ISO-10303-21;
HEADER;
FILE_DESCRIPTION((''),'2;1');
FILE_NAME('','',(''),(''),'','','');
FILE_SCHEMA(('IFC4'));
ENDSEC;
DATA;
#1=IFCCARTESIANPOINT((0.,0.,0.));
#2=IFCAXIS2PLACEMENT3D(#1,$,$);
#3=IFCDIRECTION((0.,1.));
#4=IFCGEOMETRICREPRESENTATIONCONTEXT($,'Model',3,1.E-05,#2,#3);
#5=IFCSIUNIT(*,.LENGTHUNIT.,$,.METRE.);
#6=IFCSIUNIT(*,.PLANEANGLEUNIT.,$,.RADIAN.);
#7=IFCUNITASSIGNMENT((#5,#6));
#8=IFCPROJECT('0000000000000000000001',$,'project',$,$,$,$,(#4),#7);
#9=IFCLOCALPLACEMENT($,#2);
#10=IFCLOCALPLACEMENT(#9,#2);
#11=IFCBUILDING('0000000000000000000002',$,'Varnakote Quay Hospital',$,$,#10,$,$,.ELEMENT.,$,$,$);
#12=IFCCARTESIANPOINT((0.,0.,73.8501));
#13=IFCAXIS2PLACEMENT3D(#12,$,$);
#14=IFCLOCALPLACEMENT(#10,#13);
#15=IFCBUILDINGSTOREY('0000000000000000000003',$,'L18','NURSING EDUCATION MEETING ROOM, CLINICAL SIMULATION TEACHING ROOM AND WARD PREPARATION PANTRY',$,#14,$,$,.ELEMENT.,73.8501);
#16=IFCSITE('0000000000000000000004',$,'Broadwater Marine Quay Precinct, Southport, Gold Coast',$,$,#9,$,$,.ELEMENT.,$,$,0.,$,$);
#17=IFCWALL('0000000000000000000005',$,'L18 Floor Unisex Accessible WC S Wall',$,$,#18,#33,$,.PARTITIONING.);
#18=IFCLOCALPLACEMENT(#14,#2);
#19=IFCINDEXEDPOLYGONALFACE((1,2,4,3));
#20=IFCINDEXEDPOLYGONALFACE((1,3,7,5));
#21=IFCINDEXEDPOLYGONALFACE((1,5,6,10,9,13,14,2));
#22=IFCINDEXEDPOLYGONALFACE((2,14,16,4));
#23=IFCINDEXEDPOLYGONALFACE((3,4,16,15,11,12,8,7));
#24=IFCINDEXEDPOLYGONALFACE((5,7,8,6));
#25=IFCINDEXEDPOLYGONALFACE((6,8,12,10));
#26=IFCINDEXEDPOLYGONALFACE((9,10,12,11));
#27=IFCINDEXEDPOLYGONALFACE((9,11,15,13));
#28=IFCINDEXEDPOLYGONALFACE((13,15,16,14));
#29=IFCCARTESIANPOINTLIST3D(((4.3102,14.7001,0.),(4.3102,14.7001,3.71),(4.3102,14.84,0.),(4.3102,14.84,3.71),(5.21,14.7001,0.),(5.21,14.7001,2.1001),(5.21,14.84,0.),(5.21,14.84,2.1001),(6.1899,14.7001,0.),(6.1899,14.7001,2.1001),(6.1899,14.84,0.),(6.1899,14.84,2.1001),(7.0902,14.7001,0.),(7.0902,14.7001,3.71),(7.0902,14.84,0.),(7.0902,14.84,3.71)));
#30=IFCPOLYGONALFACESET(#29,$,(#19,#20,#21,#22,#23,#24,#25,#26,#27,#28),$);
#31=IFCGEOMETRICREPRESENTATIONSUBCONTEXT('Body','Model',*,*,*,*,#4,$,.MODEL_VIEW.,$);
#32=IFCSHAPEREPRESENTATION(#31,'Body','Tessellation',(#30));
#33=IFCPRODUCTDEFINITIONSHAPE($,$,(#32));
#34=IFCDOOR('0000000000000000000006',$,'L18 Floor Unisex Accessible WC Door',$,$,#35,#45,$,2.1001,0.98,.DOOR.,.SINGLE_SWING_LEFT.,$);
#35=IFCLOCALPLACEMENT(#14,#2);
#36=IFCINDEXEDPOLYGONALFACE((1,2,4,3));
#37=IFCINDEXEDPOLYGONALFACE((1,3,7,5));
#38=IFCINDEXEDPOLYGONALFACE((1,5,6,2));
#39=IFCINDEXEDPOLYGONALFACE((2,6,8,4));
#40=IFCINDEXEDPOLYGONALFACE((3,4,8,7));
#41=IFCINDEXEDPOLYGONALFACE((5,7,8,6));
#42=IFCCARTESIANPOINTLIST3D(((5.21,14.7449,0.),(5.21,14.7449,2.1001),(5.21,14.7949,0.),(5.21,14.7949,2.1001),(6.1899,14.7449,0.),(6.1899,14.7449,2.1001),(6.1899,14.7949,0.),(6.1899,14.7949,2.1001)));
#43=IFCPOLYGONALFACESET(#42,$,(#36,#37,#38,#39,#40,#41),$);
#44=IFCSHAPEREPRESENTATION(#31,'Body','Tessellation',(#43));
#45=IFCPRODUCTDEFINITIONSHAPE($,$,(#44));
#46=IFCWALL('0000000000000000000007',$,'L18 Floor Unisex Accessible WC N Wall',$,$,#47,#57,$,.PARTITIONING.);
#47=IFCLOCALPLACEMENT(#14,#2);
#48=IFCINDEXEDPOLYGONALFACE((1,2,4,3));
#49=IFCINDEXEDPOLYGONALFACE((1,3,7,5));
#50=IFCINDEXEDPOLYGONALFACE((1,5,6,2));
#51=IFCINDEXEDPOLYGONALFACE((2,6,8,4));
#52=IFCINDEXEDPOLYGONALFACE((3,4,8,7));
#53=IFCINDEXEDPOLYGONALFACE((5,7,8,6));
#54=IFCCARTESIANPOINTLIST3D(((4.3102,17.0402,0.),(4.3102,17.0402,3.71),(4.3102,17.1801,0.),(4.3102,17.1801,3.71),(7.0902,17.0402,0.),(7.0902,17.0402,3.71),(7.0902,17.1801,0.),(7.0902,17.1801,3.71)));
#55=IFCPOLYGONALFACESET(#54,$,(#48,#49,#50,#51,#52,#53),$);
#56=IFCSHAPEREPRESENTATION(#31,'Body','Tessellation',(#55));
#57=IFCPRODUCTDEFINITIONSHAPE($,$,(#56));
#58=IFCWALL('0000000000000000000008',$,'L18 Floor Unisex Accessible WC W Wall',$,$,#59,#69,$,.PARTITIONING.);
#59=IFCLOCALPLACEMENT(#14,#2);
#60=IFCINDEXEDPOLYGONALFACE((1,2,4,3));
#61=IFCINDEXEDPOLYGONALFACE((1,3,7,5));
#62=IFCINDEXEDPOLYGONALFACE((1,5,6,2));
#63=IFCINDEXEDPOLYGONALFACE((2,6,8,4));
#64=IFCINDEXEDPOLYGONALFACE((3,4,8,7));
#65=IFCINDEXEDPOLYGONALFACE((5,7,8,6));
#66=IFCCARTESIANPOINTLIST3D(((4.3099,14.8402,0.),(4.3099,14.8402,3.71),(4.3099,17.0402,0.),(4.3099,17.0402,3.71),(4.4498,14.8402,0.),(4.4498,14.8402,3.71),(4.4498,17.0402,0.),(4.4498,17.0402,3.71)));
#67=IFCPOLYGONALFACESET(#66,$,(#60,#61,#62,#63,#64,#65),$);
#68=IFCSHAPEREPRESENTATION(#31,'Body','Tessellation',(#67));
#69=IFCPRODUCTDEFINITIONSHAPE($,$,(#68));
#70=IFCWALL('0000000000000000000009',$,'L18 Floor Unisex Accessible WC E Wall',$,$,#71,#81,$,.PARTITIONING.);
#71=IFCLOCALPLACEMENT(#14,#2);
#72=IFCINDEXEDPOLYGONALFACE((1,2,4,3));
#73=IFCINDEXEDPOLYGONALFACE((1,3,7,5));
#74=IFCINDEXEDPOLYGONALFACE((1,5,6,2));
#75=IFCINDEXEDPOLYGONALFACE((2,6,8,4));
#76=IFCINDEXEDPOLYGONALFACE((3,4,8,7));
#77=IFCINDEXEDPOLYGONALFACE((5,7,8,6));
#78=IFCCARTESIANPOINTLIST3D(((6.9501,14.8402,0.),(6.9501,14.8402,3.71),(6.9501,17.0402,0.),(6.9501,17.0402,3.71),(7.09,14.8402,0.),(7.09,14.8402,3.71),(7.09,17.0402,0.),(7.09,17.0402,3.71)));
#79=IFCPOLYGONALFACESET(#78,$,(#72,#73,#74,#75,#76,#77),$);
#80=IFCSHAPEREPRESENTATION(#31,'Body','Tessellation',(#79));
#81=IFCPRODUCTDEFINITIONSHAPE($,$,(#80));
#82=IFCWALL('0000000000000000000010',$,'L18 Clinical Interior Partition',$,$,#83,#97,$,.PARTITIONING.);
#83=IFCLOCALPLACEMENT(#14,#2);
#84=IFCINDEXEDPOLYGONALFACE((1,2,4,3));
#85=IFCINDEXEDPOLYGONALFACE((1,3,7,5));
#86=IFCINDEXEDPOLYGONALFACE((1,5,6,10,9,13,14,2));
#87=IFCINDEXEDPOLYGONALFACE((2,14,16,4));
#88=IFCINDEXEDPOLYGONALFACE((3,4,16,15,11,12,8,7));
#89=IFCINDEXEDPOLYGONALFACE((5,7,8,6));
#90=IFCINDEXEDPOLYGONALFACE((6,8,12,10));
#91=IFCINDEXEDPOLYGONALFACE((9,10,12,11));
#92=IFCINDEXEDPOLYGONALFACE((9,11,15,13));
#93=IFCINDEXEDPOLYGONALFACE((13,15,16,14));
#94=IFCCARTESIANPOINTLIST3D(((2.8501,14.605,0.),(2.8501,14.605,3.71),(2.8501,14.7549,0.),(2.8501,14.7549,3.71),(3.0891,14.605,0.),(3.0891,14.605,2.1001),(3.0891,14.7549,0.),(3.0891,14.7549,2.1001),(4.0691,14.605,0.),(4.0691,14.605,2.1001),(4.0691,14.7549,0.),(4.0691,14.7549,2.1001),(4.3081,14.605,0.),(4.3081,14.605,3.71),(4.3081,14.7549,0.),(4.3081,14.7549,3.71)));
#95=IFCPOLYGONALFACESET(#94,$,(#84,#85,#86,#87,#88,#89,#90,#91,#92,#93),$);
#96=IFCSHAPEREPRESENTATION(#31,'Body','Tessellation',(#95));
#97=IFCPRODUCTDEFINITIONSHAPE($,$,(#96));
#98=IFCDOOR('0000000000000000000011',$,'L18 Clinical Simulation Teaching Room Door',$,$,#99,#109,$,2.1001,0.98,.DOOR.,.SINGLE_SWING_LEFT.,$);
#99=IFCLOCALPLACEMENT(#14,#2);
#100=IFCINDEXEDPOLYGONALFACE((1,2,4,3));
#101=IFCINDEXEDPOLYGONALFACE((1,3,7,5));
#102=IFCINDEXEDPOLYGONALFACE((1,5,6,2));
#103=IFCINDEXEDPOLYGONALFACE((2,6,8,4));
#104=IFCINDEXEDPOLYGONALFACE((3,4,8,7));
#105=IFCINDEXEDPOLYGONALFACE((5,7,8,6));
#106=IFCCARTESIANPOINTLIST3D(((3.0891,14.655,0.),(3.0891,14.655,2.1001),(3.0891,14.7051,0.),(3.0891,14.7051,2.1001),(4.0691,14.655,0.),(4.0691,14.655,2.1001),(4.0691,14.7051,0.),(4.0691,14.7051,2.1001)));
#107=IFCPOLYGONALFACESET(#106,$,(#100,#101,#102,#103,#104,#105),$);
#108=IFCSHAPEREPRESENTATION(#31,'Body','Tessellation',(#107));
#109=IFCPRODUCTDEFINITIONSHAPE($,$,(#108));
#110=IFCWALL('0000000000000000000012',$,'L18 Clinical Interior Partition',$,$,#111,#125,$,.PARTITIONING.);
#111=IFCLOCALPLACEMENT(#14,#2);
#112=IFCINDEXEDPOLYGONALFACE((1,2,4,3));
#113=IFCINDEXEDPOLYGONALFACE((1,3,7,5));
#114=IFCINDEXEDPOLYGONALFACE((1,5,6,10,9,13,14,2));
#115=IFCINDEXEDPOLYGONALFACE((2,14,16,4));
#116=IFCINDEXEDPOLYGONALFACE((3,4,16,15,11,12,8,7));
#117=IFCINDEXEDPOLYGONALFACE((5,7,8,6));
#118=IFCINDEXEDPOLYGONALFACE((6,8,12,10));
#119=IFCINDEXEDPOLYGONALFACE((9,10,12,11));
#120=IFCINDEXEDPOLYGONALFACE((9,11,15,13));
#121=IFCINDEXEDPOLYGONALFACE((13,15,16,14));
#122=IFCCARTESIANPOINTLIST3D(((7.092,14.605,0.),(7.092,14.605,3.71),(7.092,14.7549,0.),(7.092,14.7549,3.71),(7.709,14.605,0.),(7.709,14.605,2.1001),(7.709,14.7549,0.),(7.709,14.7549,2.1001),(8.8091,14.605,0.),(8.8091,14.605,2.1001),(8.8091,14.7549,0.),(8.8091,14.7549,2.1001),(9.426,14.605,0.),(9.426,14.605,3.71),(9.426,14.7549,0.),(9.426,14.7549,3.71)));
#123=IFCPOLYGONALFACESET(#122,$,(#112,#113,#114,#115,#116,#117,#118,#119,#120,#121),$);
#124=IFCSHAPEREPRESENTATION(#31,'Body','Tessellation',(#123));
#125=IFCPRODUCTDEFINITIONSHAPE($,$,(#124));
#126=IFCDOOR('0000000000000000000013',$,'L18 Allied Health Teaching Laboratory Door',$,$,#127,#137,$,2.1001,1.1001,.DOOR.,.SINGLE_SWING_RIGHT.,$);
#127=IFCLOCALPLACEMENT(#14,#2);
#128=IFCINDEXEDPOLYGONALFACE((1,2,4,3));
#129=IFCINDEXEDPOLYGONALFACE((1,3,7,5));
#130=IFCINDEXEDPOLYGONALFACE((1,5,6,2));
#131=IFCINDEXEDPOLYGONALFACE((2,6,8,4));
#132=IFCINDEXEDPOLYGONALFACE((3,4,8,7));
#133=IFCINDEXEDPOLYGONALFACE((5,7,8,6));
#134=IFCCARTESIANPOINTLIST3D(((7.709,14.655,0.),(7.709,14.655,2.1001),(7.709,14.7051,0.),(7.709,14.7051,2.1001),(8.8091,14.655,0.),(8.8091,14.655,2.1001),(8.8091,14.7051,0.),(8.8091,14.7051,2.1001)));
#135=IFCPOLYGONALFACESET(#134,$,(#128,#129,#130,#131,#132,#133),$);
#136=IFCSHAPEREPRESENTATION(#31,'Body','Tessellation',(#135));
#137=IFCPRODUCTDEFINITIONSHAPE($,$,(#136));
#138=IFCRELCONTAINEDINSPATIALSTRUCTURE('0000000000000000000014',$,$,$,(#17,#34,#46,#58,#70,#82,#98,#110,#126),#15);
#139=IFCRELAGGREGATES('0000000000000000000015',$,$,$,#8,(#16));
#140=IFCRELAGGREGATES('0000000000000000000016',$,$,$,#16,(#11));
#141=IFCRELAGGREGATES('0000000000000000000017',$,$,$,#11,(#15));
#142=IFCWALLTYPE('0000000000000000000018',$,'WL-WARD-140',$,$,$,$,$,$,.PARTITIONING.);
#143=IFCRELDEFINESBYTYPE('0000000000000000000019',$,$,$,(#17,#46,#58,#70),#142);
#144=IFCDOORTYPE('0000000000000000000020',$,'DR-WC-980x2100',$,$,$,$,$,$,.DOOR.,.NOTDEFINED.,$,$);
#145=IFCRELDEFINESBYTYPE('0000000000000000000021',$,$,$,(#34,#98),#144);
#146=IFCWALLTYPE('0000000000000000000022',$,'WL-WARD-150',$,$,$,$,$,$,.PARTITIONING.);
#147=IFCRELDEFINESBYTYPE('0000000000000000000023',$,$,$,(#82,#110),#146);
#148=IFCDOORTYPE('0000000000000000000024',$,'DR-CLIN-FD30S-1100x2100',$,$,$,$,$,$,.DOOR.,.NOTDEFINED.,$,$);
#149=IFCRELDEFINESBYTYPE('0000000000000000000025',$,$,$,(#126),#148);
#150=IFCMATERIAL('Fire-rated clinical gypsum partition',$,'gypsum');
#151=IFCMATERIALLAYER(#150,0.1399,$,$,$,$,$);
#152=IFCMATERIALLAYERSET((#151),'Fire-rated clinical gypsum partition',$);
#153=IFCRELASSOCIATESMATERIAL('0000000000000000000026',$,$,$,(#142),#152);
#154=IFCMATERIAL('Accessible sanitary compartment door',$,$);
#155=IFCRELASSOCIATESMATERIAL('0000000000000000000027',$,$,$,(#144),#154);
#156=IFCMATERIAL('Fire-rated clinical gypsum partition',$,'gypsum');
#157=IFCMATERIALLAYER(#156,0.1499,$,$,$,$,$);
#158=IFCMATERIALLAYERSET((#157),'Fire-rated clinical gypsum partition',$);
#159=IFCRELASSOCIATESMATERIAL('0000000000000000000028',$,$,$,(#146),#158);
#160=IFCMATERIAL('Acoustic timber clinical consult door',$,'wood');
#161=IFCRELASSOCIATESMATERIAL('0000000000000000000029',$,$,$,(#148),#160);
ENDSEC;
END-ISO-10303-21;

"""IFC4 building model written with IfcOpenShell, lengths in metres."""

from ifc_helpers import new_model, si_unit, direction, frame, frame_2d, origin, place, context, subcontext, project, spatial, rectangle, extrude, material, layer, layer_set, type_object, element, fill, save


model = new_model("IFC4")

# Units and contexts
model_context = context("Model", 3, precision=1e-05, world=origin(), true_north=direction((0.0, 1.0)))
body_context = subcontext(model_context, "Body", "Model", "MODEL_VIEW")
ifc_project = project(units=[si_unit("LENGTHUNIT", "METRE"), si_unit("PLANEANGLEUNIT", "RADIAN")], contexts=[model_context])

# Site, building, storey
site_placement = place(None, origin())
site = spatial("IfcSite", under=ifc_project, at=site_placement, Name="Broadwater Marine Quay Precinct, Southport, Gold Coast", CompositionType="ELEMENT", RefElevation=0.0)
building_placement = place(site_placement, origin())
building = spatial("IfcBuilding", under=site, at=building_placement, Name="Varnakote Quay Hospital", CompositionType="ELEMENT")
storey_placement = place(building_placement, frame((0.0, 0.0, 73.8501)))
storey = spatial("IfcBuildingStorey", under=building, at=storey_placement, Name="L18", Description="NURSING EDUCATION MEETING ROOM, CLINICAL SIMULATION TEACHING ROOM AND WARD PREPARATION PANTRY", CompositionType="ELEMENT", Elevation=73.8501)

# Wall, opening, door
ifc_material_1 = material(Name="Fire-rated clinical gypsum partition", Category="gypsum")
ifc_layer_1 = layer(ifc_material_1, 0.1399)
ifc_layer_set_1 = layer_set([ifc_layer_1], Name="Fire-rated clinical gypsum partition")
wall_type_1 = type_object("IfcWallType", Name="WL-WARD-140", PredefinedType="PARTITIONING", material=ifc_layer_set_1)
wall_1_placement = place(storey_placement, frame((4.3101, 14.77, 0.0), z_axis=(0.0, 0.0, 1.0), x_axis=(1.0, 0.0, 0.0)))
wall_1 = element("IfcWall", 1, at=wall_1_placement, inside=storey, type_object=wall_type_1, Name="L18 Floor Unisex Accessible WC S Wall", PredefinedType="PARTITIONING", context=body_context, shape_type="SweptSolid", body=[
    extrude(rectangle(XDim=2.78, YDim=0.1399, at=frame_2d((1.3901, 0.0))), origin(), (0.0, 0.0, 1.0), 3.71),
])
opening_1_placement = place(wall_1_placement, frame((0.8999, 0.0, 0.0)))
opening_1 = element("IfcOpeningElement", 2, at=opening_1_placement, cuts=wall_1, PredefinedType="OPENING", context=body_context, shape_type="SweptSolid", body=[
    extrude(rectangle(XDim=0.98, YDim=2.1001, at=frame_2d((0.49, 1.05))), frame((0.0, 0.0798, 0.0), z_axis=(0.0, -1.0, 0.0), x_axis=(1.0, 0.0, 0.0)), (0.0, 0.0, 1.0), 0.1599),
])
ifc_material_2 = material(Name="Accessible sanitary compartment door")
door_type_1 = type_object("IfcDoorType", Name="DR-WC-980x2100", OperationType="NOTDEFINED", PredefinedType="DOOR", material=ifc_material_2)
door_1_placement = place(opening_1_placement, origin())
door_1 = element("IfcDoor", 3, at=door_1_placement, inside=storey, type_object=door_type_1, Name="L18 Floor Unisex Accessible WC Door", OperationType="SINGLE_SWING_LEFT", OverallHeight=2.1001, OverallWidth=0.98, PredefinedType="DOOR", context=body_context, shape_type="SweptSolid", body=[
    extrude(rectangle(XDim=0.98, YDim=2.1001, at=frame_2d((0.49, 1.05))), frame((0.0, 0.0249, 0.0), z_axis=(0.0, -1.0, 0.0), x_axis=(1.0, 0.0, 0.0)), (0.0, 0.0, 1.0), 0.05),
])
fill(opening_1, door_1)

# Walls
wall_2_placement = place(storey_placement, frame((4.3101, 17.1101, 0.0), z_axis=(0.0, 0.0, 1.0), x_axis=(1.0, 0.0, 0.0)))
element("IfcWall", 4, at=wall_2_placement, inside=storey, type_object=wall_type_1, Name="L18 Floor Unisex Accessible WC N Wall", PredefinedType="PARTITIONING", context=body_context, shape_type="SweptSolid", body=[
    extrude(rectangle(XDim=2.78, YDim=0.1399, at=frame_2d((1.3901, 0.0))), origin(), (0.0, 0.0, 1.0), 3.71),
])
for number, where, z_axis, x_axis, name in (
    (5, (4.3799, 14.8401, 0.0), (0.0, 0.0, 1.0), (0.0, 1.0, 0.0), "L18 Floor Unisex Accessible WC W Wall"),
    (6, (7.02, 14.8401, 0.0), (0.0, 0.0, 1.0), (0.0, 1.0, 0.0), "L18 Floor Unisex Accessible WC E Wall"),
):
    element("IfcWall", number, at=place(storey_placement, frame(where, z_axis=z_axis, x_axis=x_axis)), inside=storey, type_object=wall_type_1, Name=name, PredefinedType="PARTITIONING", context=body_context, shape_type="SweptSolid", body=[
        extrude(rectangle(XDim=2.2, YDim=0.1399, at=frame_2d((1.1001, 0.0))), origin(), (0.0, 0.0, 1.0), 3.71),
    ])

# Walls, openings, doors
ifc_material_3 = material(Name="Fire-rated clinical gypsum partition", Category="gypsum")
ifc_layer_2 = layer(ifc_material_3, 0.1499)
ifc_layer_set_2 = layer_set([ifc_layer_2], Name="Fire-rated clinical gypsum partition")
wall_type_2 = type_object("IfcWallType", Name="WL-WARD-150", PredefinedType="PARTITIONING", material=ifc_layer_set_2)
wall_3_placement = place(storey_placement, frame((4.3081, 14.6799, 0.0), z_axis=(0.0, 0.0, 1.0), x_axis=(-1.0, 0.0, 0.0)))
wall_3 = element("IfcWall", 7, at=wall_3_placement, inside=storey, type_object=wall_type_2, Name="L18 Clinical Interior Partition", PredefinedType="PARTITIONING", context=body_context, shape_type="SweptSolid", body=[
    extrude(rectangle(XDim=1.458, YDim=0.1499, at=frame_2d((0.729, 0.0))), origin(), (0.0, 0.0, 1.0), 3.71),
])
opening_2_placement = place(wall_3_placement, frame((0.239, 0.0, 0.0)))
opening_2 = element("IfcOpeningElement", 8, at=opening_2_placement, cuts=wall_3, PredefinedType="OPENING", context=body_context, shape_type="SweptSolid", body=[
    extrude(rectangle(XDim=0.98, YDim=2.1001, at=frame_2d((0.49, 1.05))), frame((0.0, 0.085, 0.0), z_axis=(0.0, -1.0, 0.0), x_axis=(1.0, 0.0, 0.0)), (0.0, 0.0, 1.0), 0.1699),
])
door_2_placement = place(opening_2_placement, origin())
door_2 = element("IfcDoor", 9, at=door_2_placement, inside=storey, type_object=door_type_1, Name="L18 Clinical Simulation Teaching Room Door", OperationType="SINGLE_SWING_LEFT", OverallHeight=2.1001, OverallWidth=0.98, PredefinedType="DOOR", context=body_context, shape_type="SweptSolid", body=[
    extrude(rectangle(XDim=0.98, YDim=2.1001, at=frame_2d((0.49, 1.05))), frame((0.0, 0.0249, 0.0), z_axis=(0.0, -1.0, 0.0), x_axis=(1.0, 0.0, 0.0)), (0.0, 0.0, 1.0), 0.05),
])
fill(opening_2, door_2)
wall_4_placement = place(storey_placement, frame((9.426, 14.6799, 0.0), z_axis=(0.0, 0.0, 1.0), x_axis=(-1.0, 0.0, 0.0)))
wall_4 = element("IfcWall", 10, at=wall_4_placement, inside=storey, type_object=wall_type_2, Name="L18 Clinical Interior Partition", PredefinedType="PARTITIONING", context=body_context, shape_type="SweptSolid", body=[
    extrude(rectangle(XDim=2.334, YDim=0.1499, at=frame_2d((1.167, 0.0))), origin(), (0.0, 0.0, 1.0), 3.71),
])
opening_3_placement = place(wall_4_placement, frame((0.6169, 0.0, 0.0)))
opening_3 = element("IfcOpeningElement", 11, at=opening_3_placement, cuts=wall_4, PredefinedType="OPENING", context=body_context, shape_type="SweptSolid", body=[
    extrude(rectangle(XDim=1.1001, YDim=2.1001, at=frame_2d((0.55, 1.05))), frame((0.0, 0.085, 0.0), z_axis=(0.0, -1.0, 0.0), x_axis=(1.0, 0.0, 0.0)), (0.0, 0.0, 1.0), 0.1699),
])
ifc_material_4 = material(Name="Acoustic timber clinical consult door", Category="wood")
door_type_2 = type_object("IfcDoorType", Name="DR-CLIN-FD30S-1100x2100", OperationType="NOTDEFINED", PredefinedType="DOOR", material=ifc_material_4)
door_3_placement = place(opening_3_placement, origin())
door_3 = element("IfcDoor", 12, at=door_3_placement, inside=storey, type_object=door_type_2, Name="L18 Allied Health Teaching Laboratory Door", OperationType="SINGLE_SWING_RIGHT", OverallHeight=2.1001, OverallWidth=1.1001, PredefinedType="DOOR", context=body_context, shape_type="SweptSolid", body=[
    extrude(rectangle(XDim=1.1001, YDim=2.1001, at=frame_2d((0.55, 1.05))), frame((0.0, 0.0249, 0.0), z_axis=(0.0, -1.0, 0.0), x_axis=(1.0, 0.0, 0.0)), (0.0, 0.0, 1.0), 0.05),
])
fill(opening_3, door_3)

save(model, "model.ifc")
